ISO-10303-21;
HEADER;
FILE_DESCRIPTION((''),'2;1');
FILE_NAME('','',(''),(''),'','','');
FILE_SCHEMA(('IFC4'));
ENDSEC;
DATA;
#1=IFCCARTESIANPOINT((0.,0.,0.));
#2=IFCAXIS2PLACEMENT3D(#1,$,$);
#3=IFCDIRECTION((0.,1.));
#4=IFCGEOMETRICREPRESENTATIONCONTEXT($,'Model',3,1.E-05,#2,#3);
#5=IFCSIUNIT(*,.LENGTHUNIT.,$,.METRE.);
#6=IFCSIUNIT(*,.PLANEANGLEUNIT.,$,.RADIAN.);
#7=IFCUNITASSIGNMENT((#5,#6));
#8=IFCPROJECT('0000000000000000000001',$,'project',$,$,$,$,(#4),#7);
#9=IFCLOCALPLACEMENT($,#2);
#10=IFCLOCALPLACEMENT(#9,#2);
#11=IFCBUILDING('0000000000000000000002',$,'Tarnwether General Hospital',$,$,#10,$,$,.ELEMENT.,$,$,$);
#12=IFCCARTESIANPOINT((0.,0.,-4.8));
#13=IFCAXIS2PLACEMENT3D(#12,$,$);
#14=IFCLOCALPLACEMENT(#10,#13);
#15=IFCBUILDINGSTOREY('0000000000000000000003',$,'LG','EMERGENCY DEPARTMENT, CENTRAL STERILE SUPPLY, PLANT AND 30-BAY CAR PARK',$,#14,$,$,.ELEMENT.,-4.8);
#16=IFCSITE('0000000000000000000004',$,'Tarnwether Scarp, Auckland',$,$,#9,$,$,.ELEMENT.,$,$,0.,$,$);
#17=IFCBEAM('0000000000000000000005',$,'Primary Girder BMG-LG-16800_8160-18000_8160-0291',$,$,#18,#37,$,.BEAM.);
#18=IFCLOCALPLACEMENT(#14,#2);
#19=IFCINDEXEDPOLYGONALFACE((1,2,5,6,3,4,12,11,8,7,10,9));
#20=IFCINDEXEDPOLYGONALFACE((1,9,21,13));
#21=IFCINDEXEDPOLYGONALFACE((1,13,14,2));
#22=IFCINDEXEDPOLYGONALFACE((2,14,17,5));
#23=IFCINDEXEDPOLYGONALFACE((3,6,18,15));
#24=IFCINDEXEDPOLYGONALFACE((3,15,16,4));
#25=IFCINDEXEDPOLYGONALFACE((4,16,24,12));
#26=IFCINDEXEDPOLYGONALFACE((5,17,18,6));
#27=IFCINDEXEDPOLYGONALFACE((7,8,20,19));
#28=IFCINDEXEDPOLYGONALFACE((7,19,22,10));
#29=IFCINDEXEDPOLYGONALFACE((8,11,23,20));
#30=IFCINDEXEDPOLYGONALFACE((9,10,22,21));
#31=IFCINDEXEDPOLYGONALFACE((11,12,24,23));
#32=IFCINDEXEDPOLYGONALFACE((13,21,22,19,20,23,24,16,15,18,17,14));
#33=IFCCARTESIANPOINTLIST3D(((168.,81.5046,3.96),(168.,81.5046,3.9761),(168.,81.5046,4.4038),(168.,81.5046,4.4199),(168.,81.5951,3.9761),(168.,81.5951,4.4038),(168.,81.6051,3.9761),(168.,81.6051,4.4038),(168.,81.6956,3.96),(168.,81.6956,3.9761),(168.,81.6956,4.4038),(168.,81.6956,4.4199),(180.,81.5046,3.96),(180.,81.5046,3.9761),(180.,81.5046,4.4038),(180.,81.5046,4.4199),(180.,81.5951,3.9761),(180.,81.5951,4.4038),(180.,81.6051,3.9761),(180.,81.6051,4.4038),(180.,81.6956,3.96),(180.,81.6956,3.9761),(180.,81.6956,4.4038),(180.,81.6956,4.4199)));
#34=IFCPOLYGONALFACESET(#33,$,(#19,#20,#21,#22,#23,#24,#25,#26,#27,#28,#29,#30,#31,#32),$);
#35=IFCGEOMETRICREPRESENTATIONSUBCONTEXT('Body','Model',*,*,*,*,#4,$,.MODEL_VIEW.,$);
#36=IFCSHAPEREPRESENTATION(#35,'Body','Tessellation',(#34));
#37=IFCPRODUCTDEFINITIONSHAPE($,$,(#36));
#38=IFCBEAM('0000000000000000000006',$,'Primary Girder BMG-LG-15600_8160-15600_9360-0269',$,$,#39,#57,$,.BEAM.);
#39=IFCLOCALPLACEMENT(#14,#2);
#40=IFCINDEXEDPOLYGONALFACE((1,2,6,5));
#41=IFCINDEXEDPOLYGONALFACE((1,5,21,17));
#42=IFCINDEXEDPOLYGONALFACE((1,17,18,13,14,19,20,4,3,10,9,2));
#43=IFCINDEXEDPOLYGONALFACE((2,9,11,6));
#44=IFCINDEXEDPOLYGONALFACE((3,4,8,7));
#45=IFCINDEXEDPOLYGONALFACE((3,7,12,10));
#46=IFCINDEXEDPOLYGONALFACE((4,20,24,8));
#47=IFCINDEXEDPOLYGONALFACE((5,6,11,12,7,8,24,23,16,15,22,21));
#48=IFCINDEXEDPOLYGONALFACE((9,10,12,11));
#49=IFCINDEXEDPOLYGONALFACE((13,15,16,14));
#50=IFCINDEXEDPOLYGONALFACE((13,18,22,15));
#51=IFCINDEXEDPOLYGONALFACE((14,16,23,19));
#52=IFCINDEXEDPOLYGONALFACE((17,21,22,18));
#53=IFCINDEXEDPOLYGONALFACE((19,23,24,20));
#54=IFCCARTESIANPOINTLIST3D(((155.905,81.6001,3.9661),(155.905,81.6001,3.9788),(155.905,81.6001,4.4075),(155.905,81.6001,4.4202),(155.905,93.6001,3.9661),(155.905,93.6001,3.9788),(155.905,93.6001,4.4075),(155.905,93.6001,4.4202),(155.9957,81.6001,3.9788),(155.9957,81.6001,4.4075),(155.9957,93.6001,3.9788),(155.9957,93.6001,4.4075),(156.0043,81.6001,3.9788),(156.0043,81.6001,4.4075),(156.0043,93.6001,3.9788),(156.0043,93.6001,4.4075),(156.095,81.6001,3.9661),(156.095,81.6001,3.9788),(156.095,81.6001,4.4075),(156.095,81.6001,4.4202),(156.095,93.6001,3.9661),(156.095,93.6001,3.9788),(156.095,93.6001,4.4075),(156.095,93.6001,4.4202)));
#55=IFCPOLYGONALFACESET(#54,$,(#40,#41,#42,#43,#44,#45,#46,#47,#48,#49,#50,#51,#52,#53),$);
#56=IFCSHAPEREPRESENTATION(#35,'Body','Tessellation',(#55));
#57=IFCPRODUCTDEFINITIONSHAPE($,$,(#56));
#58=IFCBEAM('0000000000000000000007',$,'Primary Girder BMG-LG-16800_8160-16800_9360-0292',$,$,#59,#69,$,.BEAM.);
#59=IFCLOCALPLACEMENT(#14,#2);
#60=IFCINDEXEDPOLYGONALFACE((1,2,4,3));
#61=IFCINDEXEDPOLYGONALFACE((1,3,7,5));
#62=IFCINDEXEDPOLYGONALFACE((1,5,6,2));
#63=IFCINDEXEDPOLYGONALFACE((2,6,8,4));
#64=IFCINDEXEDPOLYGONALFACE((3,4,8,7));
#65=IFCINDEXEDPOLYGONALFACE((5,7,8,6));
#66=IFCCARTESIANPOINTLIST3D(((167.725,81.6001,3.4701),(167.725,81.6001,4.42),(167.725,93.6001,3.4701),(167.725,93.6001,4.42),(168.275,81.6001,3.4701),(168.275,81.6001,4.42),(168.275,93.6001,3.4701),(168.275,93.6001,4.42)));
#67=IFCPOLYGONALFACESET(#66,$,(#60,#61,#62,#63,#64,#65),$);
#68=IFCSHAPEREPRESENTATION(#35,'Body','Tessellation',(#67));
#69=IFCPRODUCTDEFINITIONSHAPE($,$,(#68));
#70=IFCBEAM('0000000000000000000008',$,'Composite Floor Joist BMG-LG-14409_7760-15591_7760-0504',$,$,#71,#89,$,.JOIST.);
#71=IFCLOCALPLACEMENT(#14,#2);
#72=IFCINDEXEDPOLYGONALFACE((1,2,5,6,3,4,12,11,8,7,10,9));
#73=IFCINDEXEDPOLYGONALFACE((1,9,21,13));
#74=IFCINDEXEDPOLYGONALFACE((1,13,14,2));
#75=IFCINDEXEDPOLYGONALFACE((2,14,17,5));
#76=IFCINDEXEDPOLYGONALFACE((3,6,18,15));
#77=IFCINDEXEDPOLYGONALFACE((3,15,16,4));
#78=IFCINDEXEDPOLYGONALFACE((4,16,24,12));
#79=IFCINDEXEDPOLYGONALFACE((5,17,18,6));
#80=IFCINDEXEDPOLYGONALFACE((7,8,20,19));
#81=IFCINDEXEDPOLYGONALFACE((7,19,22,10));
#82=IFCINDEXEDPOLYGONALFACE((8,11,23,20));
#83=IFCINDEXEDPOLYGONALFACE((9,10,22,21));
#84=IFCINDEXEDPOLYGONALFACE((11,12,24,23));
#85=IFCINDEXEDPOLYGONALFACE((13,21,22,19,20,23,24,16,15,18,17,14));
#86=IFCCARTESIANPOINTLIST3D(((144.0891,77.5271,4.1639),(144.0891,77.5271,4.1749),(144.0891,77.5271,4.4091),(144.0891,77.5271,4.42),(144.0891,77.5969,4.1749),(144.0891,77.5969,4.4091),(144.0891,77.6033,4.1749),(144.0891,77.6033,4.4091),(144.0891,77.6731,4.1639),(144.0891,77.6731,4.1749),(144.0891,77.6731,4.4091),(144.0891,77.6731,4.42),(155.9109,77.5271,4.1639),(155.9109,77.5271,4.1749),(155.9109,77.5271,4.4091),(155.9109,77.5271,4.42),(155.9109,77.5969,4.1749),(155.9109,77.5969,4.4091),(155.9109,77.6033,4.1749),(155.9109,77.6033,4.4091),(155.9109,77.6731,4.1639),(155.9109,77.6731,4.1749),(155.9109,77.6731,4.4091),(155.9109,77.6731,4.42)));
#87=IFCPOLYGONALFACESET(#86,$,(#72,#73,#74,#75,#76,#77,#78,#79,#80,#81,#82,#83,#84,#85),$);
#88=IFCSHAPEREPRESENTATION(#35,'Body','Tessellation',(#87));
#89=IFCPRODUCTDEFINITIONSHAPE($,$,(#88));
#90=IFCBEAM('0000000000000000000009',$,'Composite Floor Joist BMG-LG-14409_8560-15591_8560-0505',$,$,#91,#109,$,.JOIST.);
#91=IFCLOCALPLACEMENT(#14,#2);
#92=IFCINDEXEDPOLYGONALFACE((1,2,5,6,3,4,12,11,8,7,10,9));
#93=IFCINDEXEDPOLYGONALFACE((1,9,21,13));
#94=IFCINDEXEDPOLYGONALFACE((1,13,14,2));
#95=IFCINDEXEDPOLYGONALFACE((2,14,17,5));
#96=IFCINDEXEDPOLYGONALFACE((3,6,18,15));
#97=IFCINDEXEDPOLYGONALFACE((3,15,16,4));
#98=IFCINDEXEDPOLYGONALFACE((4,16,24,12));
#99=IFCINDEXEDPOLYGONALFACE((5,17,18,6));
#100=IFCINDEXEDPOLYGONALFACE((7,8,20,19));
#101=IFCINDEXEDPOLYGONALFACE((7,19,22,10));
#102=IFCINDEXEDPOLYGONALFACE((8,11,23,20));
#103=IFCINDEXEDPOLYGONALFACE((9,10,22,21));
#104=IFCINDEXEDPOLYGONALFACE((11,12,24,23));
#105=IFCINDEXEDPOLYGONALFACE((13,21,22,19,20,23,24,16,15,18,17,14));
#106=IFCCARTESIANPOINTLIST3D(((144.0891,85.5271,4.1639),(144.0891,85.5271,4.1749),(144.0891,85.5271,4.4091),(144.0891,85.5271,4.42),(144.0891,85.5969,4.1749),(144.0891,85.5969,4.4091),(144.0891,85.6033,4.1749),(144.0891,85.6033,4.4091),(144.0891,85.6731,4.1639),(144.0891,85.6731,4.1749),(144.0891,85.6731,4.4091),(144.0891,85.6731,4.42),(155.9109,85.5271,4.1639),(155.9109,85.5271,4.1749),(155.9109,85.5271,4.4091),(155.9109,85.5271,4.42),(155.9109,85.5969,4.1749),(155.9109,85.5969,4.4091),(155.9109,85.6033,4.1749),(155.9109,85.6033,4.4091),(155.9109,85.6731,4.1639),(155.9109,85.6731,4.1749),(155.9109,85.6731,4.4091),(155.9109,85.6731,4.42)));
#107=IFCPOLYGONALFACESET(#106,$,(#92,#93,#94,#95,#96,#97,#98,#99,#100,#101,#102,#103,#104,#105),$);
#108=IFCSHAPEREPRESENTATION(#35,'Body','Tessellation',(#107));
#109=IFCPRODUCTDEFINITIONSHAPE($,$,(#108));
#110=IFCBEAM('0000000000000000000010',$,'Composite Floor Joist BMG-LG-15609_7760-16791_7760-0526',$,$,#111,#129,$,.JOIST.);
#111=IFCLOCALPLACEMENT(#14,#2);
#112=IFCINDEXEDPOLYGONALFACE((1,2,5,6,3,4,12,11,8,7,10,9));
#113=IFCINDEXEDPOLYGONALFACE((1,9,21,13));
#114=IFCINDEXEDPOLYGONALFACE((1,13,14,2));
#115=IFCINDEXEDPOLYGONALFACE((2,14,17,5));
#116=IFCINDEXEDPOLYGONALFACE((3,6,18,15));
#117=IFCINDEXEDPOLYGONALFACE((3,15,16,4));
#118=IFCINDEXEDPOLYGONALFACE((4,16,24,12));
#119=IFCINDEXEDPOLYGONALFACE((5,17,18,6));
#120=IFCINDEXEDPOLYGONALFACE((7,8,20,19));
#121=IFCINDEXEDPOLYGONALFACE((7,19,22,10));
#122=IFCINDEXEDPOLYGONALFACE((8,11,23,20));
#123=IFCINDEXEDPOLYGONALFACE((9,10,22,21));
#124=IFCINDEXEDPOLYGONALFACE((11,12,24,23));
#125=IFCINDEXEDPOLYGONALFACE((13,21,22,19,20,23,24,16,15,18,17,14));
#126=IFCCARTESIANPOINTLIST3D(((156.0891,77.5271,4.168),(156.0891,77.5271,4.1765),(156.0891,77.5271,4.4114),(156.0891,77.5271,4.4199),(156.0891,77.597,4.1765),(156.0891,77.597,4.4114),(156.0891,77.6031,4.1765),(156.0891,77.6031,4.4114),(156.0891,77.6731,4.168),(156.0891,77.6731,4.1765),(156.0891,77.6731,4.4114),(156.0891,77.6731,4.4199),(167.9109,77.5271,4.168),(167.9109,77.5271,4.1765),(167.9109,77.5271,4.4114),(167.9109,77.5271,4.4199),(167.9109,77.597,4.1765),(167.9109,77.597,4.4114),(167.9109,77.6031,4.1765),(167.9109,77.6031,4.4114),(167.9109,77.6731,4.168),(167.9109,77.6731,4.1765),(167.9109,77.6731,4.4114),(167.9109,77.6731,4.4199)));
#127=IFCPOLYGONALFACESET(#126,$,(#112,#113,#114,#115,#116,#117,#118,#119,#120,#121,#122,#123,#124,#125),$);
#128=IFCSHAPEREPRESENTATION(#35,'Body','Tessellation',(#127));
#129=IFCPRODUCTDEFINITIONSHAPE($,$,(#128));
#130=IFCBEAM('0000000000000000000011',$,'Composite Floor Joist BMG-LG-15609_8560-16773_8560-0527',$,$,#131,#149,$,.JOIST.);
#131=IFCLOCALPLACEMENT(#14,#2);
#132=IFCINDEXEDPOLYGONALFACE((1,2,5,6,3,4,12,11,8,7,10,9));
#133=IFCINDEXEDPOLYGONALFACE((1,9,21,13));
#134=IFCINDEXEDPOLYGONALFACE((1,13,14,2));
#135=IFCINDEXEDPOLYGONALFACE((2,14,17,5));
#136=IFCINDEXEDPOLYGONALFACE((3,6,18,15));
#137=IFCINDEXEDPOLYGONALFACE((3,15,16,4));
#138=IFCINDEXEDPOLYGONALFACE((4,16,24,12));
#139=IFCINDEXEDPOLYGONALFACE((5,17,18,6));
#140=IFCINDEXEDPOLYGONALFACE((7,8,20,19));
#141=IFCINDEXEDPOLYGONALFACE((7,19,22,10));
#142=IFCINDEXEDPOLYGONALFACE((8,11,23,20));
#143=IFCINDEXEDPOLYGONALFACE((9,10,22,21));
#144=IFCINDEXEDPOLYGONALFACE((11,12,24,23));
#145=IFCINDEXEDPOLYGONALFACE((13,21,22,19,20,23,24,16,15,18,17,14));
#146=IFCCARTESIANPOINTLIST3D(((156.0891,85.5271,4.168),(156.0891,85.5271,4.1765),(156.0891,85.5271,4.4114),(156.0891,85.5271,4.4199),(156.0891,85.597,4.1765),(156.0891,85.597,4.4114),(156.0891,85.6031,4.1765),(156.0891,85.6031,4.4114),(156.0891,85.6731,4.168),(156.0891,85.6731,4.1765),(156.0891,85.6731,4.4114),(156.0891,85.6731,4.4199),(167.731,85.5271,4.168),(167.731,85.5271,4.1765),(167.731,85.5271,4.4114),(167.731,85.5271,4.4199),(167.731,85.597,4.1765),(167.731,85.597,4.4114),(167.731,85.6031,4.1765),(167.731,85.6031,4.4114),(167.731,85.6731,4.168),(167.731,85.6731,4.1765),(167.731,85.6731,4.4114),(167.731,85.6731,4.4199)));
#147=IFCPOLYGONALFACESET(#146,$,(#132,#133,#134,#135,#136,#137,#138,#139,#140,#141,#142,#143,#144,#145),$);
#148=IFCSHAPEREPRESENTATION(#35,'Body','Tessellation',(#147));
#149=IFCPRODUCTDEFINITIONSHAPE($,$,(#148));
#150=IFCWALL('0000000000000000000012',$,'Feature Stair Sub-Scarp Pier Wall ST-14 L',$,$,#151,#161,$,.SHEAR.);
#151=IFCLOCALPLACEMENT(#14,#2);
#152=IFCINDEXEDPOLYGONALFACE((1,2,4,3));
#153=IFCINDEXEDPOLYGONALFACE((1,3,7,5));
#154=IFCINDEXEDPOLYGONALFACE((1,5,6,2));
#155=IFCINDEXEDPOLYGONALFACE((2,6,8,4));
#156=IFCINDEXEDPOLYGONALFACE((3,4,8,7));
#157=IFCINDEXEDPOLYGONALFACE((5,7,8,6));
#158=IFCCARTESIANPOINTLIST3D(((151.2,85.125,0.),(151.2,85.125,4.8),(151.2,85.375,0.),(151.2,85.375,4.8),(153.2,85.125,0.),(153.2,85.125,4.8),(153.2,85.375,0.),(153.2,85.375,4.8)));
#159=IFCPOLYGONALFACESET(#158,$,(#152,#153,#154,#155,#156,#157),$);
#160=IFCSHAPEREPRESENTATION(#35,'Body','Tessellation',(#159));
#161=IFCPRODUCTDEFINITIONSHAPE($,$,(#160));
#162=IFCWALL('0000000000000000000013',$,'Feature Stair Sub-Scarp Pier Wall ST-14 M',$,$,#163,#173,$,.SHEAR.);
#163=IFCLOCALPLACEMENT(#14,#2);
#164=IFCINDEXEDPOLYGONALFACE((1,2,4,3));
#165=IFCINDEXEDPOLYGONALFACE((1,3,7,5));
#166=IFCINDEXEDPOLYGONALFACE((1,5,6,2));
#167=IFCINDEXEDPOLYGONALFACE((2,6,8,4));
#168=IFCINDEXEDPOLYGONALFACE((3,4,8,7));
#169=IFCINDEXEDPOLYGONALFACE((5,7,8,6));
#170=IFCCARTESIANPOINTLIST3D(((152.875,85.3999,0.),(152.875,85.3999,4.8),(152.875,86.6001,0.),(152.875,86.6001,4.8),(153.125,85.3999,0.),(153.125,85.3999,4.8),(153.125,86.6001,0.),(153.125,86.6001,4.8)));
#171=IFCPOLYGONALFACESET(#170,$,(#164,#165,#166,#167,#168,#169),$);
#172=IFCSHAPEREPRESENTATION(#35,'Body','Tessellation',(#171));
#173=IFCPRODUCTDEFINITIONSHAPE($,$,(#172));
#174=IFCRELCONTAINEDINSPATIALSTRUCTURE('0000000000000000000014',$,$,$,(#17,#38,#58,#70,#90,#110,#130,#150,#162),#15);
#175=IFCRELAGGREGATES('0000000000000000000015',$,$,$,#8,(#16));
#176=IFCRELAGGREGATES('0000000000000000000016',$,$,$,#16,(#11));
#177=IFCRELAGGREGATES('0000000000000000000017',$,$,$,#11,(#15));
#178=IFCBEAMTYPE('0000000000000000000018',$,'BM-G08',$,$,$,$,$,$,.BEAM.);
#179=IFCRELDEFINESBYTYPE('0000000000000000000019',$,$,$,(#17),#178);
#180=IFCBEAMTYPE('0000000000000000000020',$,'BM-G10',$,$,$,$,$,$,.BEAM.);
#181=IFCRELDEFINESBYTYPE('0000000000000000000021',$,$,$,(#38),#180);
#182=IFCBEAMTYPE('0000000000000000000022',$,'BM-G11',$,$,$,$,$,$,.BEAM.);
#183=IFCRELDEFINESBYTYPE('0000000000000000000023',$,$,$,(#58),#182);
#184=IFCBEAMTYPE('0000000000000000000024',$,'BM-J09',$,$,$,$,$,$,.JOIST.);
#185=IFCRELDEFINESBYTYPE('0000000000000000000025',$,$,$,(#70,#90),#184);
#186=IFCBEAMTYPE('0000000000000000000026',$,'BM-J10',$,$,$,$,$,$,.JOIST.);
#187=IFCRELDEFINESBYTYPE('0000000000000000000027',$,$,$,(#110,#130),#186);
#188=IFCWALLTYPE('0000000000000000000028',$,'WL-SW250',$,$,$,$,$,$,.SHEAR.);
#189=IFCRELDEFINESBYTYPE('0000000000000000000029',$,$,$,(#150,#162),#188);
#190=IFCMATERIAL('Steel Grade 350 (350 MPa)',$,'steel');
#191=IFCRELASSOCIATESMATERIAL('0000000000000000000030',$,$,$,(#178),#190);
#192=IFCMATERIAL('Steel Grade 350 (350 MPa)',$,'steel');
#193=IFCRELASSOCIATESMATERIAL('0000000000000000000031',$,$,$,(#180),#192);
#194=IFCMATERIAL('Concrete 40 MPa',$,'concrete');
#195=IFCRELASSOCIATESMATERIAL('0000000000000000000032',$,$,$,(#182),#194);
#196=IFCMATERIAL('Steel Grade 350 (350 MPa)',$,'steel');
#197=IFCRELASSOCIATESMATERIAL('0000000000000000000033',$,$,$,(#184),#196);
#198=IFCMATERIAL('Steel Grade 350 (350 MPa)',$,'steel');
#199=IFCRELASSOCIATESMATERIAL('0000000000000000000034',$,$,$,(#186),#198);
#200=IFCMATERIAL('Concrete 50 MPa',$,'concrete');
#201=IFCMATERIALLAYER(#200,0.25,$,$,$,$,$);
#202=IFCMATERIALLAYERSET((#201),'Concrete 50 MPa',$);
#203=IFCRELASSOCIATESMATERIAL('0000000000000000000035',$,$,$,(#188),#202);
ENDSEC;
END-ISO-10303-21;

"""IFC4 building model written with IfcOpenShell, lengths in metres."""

from ifc_helpers import new_model, si_unit, direction, frame, frame_2d, origin, origin_2d, place, context, subcontext, project, spatial, rectangle, i_section, extrude, material, layer, layer_set, material_profile, profile_set, type_object, element, save


model = new_model("IFC4")

# Units and contexts
model_context = context("Model", 3, precision=1e-05, world=origin(), true_north=direction((0.0, 1.0)))
body_context = subcontext(model_context, "Body", "Model", "MODEL_VIEW")
ifc_project = project(units=[si_unit("LENGTHUNIT", "METRE"), si_unit("PLANEANGLEUNIT", "RADIAN")], contexts=[model_context])

# Site, building, storey
site_placement = place(None, origin())
site = spatial("IfcSite", under=ifc_project, at=site_placement, Name="Tarnwether Scarp, Auckland", CompositionType="ELEMENT", RefElevation=0.0)
building_placement = place(site_placement, origin())
building = spatial("IfcBuilding", under=site, at=building_placement, Name="Tarnwether General Hospital", CompositionType="ELEMENT")
storey_placement = place(building_placement, frame((0.0, 0.0, -4.8)))
storey = spatial("IfcBuildingStorey", under=building, at=storey_placement, Name="LG", Description="EMERGENCY DEPARTMENT, CENTRAL STERILE SUPPLY, PLANT AND 30-BAY CAR PARK", CompositionType="ELEMENT", Elevation=-4.8)

# Beams
ifc_material_1 = material(Name="Steel Grade 350 (350 MPa)", Category="steel")
ifc_material_profile_1 = material_profile(ifc_material_1, i_section(OverallWidth=0.1909, OverallDepth=0.46, WebThickness=0.01, FlangeThickness=0.0161, at=origin_2d()), Name="460UB82.1")
ifc_profile_set_1 = profile_set([ifc_material_profile_1], Name="Steel Grade 350 (350 MPa)")
beam_type_1 = type_object("IfcBeamType", Name="BM-G08", PredefinedType="BEAM", material=ifc_profile_set_1)
beam_1_placement = place(storey_placement, frame((168.0, 81.6001, 4.1899), z_axis=(1.0, 0.0, 0.0), x_axis=(0.0, 1.0, 0.0)))
element("IfcBeam", 1, at=beam_1_placement, inside=storey, type_object=beam_type_1, Name="Primary Girder BMG-LG-16800_8160-18000_8160-0291", PredefinedType="BEAM", context=body_context, shape_type="SweptSolid", body=[
    extrude(i_section(OverallWidth=0.1909, OverallDepth=0.46, WebThickness=0.01, FlangeThickness=0.0161, at=origin_2d()), origin(), (0.0, 0.0, 1.0), 12.0),
])
ifc_material_2 = material(Name="Steel Grade 350 (350 MPa)", Category="steel")
ifc_material_profile_2 = material_profile(ifc_material_2, i_section(OverallWidth=0.1899, OverallDepth=0.4541, WebThickness=0.0085, FlangeThickness=0.0127, at=origin_2d()), Name="460UB67.1")
ifc_profile_set_2 = profile_set([ifc_material_profile_2], Name="Steel Grade 350 (350 MPa)")
beam_type_2 = type_object("IfcBeamType", Name="BM-G10", PredefinedType="BEAM", material=ifc_profile_set_2)
beam_2_placement = place(storey_placement, frame((156.0, 81.6001, 4.1931), z_axis=(0.0, 1.0, 0.0), x_axis=(-1.0, 0.0, 0.0)))
element("IfcBeam", 2, at=beam_2_placement, inside=storey, type_object=beam_type_2, Name="Primary Girder BMG-LG-15600_8160-15600_9360-0269", PredefinedType="BEAM", context=body_context, shape_type="SweptSolid", body=[
    extrude(i_section(OverallWidth=0.1899, OverallDepth=0.4541, WebThickness=0.0085, FlangeThickness=0.0127, at=origin_2d()), origin(), (0.0, 0.0, 1.0), 12.0),
])
ifc_material_3 = material(Name="Concrete 40 MPa", Category="concrete")
ifc_material_profile_3 = material_profile(ifc_material_3, rectangle(XDim=0.55, YDim=0.95, at=origin_2d()), Name="RC-BM-550x950")
ifc_profile_set_3 = profile_set([ifc_material_profile_3], Name="Concrete 40 MPa")
beam_type_3 = type_object("IfcBeamType", Name="BM-G11", PredefinedType="BEAM", material=ifc_profile_set_3)
beam_3_placement = place(storey_placement, frame((168.0, 81.6001, 3.9451), z_axis=(0.0, 1.0, 0.0), x_axis=(-1.0, 0.0, 0.0)))
element("IfcBeam", 3, at=beam_3_placement, inside=storey, type_object=beam_type_3, Name="Primary Girder BMG-LG-16800_8160-16800_9360-0292", PredefinedType="BEAM", context=body_context, shape_type="SweptSolid", body=[
    extrude(rectangle(XDim=0.55, YDim=0.95, at=origin_2d()), origin(), (0.0, 0.0, 1.0), 12.0),
])
ifc_material_4 = material(Name="Steel Grade 350 (350 MPa)", Category="steel")
ifc_material_profile_4 = material_profile(ifc_material_4, i_section(OverallWidth=0.146, OverallDepth=0.2561, WebThickness=0.0063, FlangeThickness=0.011, at=origin_2d()), Name="250UB37.3")
ifc_profile_set_4 = profile_set([ifc_material_profile_4], Name="Steel Grade 350 (350 MPa)")
beam_type_4 = type_object("IfcBeamType", Name="BM-J09", PredefinedType="JOIST", material=ifc_profile_set_4)
for number, where, z_axis, x_axis, name in (
    (4, (144.0891, 77.6001, 4.292), (1.0, 0.0, 0.0), (0.0, 1.0, 0.0), "Composite Floor Joist BMG-LG-14409_7760-15591_7760-0504"),
    (5, (144.0891, 85.6001, 4.292), (1.0, 0.0, 0.0), (0.0, 1.0, 0.0), "Composite Floor Joist BMG-LG-14409_8560-15591_8560-0505"),
):
    element("IfcBeam", number, at=place(storey_placement, frame(where, z_axis=z_axis, x_axis=x_axis)), inside=storey, type_object=beam_type_4, Name=name, PredefinedType="JOIST", context=body_context, shape_type="SweptSolid", body=[
        extrude(i_section(OverallWidth=0.146, OverallDepth=0.2561, WebThickness=0.0063, FlangeThickness=0.011, at=origin_2d()), origin(), (0.0, 0.0, 1.0), 11.8218),
    ])
ifc_material_5 = material(Name="Steel Grade 350 (350 MPa)", Category="steel")
ifc_material_profile_5 = material_profile(ifc_material_5, i_section(OverallWidth=0.146, OverallDepth=0.252, WebThickness=0.0061, FlangeThickness=0.0085, at=origin_2d()), Name="250UB31.4")
ifc_profile_set_5 = profile_set([ifc_material_profile_5], Name="Steel Grade 350 (350 MPa)")
beam_type_5 = type_object("IfcBeamType", Name="BM-J10", PredefinedType="JOIST", material=ifc_profile_set_5)
beam_4_placement = place(storey_placement, frame((156.0891, 77.6001, 4.2939), z_axis=(1.0, 0.0, 0.0), x_axis=(0.0, 1.0, 0.0)))
element("IfcBeam", 6, at=beam_4_placement, inside=storey, type_object=beam_type_5, Name="Composite Floor Joist BMG-LG-15609_7760-16791_7760-0526", PredefinedType="JOIST", context=body_context, shape_type="SweptSolid", body=[
    extrude(i_section(OverallWidth=0.146, OverallDepth=0.252, WebThickness=0.0061, FlangeThickness=0.0085, at=origin_2d()), origin(), (0.0, 0.0, 1.0), 11.8218),
])
beam_5_placement = place(storey_placement, frame((156.0891, 85.6001, 4.2939), z_axis=(1.0, 0.0, 0.0), x_axis=(0.0, 1.0, 0.0)))
element("IfcBeam", 7, at=beam_5_placement, inside=storey, type_object=beam_type_5, Name="Composite Floor Joist BMG-LG-15609_8560-16773_8560-0527", PredefinedType="JOIST", context=body_context, shape_type="SweptSolid", body=[
    extrude(i_section(OverallWidth=0.146, OverallDepth=0.252, WebThickness=0.0061, FlangeThickness=0.0085, at=origin_2d()), origin(), (0.0, 0.0, 1.0), 11.6418),
])

# Walls
ifc_material_6 = material(Name="Concrete 50 MPa", Category="concrete")
ifc_layer = layer(ifc_material_6, 0.25)
ifc_layer_set = layer_set([ifc_layer], Name="Concrete 50 MPa")
wall_type = type_object("IfcWallType", Name="WL-SW250", PredefinedType="SHEAR", material=ifc_layer_set)
wall_1_placement = place(storey_placement, frame((151.2, 85.25, 0.0), z_axis=(0.0, 0.0, 1.0), x_axis=(1.0, 0.0, 0.0)))
element("IfcWall", 8, at=wall_1_placement, inside=storey, type_object=wall_type, Name="Feature Stair Sub-Scarp Pier Wall ST-14 L", PredefinedType="SHEAR", context=body_context, shape_type="SweptSolid", body=[
    extrude(rectangle(XDim=2.0, YDim=0.25, at=frame_2d((1.0, 0.0))), origin(), (0.0, 0.0, 1.0), 4.8),
])
wall_2_placement = place(storey_placement, frame((153.0, 85.3999, 0.0), z_axis=(0.0, 0.0, 1.0), x_axis=(0.0, 1.0, 0.0)))
element("IfcWall", 9, at=wall_2_placement, inside=storey, type_object=wall_type, Name="Feature Stair Sub-Scarp Pier Wall ST-14 M", PredefinedType="SHEAR", context=body_context, shape_type="SweptSolid", body=[
    extrude(rectangle(XDim=1.2002, YDim=0.25, at=frame_2d((0.6001, 0.0))), origin(), (0.0, 0.0, 1.0), 4.8),
])

save(model, "model.ifc")
